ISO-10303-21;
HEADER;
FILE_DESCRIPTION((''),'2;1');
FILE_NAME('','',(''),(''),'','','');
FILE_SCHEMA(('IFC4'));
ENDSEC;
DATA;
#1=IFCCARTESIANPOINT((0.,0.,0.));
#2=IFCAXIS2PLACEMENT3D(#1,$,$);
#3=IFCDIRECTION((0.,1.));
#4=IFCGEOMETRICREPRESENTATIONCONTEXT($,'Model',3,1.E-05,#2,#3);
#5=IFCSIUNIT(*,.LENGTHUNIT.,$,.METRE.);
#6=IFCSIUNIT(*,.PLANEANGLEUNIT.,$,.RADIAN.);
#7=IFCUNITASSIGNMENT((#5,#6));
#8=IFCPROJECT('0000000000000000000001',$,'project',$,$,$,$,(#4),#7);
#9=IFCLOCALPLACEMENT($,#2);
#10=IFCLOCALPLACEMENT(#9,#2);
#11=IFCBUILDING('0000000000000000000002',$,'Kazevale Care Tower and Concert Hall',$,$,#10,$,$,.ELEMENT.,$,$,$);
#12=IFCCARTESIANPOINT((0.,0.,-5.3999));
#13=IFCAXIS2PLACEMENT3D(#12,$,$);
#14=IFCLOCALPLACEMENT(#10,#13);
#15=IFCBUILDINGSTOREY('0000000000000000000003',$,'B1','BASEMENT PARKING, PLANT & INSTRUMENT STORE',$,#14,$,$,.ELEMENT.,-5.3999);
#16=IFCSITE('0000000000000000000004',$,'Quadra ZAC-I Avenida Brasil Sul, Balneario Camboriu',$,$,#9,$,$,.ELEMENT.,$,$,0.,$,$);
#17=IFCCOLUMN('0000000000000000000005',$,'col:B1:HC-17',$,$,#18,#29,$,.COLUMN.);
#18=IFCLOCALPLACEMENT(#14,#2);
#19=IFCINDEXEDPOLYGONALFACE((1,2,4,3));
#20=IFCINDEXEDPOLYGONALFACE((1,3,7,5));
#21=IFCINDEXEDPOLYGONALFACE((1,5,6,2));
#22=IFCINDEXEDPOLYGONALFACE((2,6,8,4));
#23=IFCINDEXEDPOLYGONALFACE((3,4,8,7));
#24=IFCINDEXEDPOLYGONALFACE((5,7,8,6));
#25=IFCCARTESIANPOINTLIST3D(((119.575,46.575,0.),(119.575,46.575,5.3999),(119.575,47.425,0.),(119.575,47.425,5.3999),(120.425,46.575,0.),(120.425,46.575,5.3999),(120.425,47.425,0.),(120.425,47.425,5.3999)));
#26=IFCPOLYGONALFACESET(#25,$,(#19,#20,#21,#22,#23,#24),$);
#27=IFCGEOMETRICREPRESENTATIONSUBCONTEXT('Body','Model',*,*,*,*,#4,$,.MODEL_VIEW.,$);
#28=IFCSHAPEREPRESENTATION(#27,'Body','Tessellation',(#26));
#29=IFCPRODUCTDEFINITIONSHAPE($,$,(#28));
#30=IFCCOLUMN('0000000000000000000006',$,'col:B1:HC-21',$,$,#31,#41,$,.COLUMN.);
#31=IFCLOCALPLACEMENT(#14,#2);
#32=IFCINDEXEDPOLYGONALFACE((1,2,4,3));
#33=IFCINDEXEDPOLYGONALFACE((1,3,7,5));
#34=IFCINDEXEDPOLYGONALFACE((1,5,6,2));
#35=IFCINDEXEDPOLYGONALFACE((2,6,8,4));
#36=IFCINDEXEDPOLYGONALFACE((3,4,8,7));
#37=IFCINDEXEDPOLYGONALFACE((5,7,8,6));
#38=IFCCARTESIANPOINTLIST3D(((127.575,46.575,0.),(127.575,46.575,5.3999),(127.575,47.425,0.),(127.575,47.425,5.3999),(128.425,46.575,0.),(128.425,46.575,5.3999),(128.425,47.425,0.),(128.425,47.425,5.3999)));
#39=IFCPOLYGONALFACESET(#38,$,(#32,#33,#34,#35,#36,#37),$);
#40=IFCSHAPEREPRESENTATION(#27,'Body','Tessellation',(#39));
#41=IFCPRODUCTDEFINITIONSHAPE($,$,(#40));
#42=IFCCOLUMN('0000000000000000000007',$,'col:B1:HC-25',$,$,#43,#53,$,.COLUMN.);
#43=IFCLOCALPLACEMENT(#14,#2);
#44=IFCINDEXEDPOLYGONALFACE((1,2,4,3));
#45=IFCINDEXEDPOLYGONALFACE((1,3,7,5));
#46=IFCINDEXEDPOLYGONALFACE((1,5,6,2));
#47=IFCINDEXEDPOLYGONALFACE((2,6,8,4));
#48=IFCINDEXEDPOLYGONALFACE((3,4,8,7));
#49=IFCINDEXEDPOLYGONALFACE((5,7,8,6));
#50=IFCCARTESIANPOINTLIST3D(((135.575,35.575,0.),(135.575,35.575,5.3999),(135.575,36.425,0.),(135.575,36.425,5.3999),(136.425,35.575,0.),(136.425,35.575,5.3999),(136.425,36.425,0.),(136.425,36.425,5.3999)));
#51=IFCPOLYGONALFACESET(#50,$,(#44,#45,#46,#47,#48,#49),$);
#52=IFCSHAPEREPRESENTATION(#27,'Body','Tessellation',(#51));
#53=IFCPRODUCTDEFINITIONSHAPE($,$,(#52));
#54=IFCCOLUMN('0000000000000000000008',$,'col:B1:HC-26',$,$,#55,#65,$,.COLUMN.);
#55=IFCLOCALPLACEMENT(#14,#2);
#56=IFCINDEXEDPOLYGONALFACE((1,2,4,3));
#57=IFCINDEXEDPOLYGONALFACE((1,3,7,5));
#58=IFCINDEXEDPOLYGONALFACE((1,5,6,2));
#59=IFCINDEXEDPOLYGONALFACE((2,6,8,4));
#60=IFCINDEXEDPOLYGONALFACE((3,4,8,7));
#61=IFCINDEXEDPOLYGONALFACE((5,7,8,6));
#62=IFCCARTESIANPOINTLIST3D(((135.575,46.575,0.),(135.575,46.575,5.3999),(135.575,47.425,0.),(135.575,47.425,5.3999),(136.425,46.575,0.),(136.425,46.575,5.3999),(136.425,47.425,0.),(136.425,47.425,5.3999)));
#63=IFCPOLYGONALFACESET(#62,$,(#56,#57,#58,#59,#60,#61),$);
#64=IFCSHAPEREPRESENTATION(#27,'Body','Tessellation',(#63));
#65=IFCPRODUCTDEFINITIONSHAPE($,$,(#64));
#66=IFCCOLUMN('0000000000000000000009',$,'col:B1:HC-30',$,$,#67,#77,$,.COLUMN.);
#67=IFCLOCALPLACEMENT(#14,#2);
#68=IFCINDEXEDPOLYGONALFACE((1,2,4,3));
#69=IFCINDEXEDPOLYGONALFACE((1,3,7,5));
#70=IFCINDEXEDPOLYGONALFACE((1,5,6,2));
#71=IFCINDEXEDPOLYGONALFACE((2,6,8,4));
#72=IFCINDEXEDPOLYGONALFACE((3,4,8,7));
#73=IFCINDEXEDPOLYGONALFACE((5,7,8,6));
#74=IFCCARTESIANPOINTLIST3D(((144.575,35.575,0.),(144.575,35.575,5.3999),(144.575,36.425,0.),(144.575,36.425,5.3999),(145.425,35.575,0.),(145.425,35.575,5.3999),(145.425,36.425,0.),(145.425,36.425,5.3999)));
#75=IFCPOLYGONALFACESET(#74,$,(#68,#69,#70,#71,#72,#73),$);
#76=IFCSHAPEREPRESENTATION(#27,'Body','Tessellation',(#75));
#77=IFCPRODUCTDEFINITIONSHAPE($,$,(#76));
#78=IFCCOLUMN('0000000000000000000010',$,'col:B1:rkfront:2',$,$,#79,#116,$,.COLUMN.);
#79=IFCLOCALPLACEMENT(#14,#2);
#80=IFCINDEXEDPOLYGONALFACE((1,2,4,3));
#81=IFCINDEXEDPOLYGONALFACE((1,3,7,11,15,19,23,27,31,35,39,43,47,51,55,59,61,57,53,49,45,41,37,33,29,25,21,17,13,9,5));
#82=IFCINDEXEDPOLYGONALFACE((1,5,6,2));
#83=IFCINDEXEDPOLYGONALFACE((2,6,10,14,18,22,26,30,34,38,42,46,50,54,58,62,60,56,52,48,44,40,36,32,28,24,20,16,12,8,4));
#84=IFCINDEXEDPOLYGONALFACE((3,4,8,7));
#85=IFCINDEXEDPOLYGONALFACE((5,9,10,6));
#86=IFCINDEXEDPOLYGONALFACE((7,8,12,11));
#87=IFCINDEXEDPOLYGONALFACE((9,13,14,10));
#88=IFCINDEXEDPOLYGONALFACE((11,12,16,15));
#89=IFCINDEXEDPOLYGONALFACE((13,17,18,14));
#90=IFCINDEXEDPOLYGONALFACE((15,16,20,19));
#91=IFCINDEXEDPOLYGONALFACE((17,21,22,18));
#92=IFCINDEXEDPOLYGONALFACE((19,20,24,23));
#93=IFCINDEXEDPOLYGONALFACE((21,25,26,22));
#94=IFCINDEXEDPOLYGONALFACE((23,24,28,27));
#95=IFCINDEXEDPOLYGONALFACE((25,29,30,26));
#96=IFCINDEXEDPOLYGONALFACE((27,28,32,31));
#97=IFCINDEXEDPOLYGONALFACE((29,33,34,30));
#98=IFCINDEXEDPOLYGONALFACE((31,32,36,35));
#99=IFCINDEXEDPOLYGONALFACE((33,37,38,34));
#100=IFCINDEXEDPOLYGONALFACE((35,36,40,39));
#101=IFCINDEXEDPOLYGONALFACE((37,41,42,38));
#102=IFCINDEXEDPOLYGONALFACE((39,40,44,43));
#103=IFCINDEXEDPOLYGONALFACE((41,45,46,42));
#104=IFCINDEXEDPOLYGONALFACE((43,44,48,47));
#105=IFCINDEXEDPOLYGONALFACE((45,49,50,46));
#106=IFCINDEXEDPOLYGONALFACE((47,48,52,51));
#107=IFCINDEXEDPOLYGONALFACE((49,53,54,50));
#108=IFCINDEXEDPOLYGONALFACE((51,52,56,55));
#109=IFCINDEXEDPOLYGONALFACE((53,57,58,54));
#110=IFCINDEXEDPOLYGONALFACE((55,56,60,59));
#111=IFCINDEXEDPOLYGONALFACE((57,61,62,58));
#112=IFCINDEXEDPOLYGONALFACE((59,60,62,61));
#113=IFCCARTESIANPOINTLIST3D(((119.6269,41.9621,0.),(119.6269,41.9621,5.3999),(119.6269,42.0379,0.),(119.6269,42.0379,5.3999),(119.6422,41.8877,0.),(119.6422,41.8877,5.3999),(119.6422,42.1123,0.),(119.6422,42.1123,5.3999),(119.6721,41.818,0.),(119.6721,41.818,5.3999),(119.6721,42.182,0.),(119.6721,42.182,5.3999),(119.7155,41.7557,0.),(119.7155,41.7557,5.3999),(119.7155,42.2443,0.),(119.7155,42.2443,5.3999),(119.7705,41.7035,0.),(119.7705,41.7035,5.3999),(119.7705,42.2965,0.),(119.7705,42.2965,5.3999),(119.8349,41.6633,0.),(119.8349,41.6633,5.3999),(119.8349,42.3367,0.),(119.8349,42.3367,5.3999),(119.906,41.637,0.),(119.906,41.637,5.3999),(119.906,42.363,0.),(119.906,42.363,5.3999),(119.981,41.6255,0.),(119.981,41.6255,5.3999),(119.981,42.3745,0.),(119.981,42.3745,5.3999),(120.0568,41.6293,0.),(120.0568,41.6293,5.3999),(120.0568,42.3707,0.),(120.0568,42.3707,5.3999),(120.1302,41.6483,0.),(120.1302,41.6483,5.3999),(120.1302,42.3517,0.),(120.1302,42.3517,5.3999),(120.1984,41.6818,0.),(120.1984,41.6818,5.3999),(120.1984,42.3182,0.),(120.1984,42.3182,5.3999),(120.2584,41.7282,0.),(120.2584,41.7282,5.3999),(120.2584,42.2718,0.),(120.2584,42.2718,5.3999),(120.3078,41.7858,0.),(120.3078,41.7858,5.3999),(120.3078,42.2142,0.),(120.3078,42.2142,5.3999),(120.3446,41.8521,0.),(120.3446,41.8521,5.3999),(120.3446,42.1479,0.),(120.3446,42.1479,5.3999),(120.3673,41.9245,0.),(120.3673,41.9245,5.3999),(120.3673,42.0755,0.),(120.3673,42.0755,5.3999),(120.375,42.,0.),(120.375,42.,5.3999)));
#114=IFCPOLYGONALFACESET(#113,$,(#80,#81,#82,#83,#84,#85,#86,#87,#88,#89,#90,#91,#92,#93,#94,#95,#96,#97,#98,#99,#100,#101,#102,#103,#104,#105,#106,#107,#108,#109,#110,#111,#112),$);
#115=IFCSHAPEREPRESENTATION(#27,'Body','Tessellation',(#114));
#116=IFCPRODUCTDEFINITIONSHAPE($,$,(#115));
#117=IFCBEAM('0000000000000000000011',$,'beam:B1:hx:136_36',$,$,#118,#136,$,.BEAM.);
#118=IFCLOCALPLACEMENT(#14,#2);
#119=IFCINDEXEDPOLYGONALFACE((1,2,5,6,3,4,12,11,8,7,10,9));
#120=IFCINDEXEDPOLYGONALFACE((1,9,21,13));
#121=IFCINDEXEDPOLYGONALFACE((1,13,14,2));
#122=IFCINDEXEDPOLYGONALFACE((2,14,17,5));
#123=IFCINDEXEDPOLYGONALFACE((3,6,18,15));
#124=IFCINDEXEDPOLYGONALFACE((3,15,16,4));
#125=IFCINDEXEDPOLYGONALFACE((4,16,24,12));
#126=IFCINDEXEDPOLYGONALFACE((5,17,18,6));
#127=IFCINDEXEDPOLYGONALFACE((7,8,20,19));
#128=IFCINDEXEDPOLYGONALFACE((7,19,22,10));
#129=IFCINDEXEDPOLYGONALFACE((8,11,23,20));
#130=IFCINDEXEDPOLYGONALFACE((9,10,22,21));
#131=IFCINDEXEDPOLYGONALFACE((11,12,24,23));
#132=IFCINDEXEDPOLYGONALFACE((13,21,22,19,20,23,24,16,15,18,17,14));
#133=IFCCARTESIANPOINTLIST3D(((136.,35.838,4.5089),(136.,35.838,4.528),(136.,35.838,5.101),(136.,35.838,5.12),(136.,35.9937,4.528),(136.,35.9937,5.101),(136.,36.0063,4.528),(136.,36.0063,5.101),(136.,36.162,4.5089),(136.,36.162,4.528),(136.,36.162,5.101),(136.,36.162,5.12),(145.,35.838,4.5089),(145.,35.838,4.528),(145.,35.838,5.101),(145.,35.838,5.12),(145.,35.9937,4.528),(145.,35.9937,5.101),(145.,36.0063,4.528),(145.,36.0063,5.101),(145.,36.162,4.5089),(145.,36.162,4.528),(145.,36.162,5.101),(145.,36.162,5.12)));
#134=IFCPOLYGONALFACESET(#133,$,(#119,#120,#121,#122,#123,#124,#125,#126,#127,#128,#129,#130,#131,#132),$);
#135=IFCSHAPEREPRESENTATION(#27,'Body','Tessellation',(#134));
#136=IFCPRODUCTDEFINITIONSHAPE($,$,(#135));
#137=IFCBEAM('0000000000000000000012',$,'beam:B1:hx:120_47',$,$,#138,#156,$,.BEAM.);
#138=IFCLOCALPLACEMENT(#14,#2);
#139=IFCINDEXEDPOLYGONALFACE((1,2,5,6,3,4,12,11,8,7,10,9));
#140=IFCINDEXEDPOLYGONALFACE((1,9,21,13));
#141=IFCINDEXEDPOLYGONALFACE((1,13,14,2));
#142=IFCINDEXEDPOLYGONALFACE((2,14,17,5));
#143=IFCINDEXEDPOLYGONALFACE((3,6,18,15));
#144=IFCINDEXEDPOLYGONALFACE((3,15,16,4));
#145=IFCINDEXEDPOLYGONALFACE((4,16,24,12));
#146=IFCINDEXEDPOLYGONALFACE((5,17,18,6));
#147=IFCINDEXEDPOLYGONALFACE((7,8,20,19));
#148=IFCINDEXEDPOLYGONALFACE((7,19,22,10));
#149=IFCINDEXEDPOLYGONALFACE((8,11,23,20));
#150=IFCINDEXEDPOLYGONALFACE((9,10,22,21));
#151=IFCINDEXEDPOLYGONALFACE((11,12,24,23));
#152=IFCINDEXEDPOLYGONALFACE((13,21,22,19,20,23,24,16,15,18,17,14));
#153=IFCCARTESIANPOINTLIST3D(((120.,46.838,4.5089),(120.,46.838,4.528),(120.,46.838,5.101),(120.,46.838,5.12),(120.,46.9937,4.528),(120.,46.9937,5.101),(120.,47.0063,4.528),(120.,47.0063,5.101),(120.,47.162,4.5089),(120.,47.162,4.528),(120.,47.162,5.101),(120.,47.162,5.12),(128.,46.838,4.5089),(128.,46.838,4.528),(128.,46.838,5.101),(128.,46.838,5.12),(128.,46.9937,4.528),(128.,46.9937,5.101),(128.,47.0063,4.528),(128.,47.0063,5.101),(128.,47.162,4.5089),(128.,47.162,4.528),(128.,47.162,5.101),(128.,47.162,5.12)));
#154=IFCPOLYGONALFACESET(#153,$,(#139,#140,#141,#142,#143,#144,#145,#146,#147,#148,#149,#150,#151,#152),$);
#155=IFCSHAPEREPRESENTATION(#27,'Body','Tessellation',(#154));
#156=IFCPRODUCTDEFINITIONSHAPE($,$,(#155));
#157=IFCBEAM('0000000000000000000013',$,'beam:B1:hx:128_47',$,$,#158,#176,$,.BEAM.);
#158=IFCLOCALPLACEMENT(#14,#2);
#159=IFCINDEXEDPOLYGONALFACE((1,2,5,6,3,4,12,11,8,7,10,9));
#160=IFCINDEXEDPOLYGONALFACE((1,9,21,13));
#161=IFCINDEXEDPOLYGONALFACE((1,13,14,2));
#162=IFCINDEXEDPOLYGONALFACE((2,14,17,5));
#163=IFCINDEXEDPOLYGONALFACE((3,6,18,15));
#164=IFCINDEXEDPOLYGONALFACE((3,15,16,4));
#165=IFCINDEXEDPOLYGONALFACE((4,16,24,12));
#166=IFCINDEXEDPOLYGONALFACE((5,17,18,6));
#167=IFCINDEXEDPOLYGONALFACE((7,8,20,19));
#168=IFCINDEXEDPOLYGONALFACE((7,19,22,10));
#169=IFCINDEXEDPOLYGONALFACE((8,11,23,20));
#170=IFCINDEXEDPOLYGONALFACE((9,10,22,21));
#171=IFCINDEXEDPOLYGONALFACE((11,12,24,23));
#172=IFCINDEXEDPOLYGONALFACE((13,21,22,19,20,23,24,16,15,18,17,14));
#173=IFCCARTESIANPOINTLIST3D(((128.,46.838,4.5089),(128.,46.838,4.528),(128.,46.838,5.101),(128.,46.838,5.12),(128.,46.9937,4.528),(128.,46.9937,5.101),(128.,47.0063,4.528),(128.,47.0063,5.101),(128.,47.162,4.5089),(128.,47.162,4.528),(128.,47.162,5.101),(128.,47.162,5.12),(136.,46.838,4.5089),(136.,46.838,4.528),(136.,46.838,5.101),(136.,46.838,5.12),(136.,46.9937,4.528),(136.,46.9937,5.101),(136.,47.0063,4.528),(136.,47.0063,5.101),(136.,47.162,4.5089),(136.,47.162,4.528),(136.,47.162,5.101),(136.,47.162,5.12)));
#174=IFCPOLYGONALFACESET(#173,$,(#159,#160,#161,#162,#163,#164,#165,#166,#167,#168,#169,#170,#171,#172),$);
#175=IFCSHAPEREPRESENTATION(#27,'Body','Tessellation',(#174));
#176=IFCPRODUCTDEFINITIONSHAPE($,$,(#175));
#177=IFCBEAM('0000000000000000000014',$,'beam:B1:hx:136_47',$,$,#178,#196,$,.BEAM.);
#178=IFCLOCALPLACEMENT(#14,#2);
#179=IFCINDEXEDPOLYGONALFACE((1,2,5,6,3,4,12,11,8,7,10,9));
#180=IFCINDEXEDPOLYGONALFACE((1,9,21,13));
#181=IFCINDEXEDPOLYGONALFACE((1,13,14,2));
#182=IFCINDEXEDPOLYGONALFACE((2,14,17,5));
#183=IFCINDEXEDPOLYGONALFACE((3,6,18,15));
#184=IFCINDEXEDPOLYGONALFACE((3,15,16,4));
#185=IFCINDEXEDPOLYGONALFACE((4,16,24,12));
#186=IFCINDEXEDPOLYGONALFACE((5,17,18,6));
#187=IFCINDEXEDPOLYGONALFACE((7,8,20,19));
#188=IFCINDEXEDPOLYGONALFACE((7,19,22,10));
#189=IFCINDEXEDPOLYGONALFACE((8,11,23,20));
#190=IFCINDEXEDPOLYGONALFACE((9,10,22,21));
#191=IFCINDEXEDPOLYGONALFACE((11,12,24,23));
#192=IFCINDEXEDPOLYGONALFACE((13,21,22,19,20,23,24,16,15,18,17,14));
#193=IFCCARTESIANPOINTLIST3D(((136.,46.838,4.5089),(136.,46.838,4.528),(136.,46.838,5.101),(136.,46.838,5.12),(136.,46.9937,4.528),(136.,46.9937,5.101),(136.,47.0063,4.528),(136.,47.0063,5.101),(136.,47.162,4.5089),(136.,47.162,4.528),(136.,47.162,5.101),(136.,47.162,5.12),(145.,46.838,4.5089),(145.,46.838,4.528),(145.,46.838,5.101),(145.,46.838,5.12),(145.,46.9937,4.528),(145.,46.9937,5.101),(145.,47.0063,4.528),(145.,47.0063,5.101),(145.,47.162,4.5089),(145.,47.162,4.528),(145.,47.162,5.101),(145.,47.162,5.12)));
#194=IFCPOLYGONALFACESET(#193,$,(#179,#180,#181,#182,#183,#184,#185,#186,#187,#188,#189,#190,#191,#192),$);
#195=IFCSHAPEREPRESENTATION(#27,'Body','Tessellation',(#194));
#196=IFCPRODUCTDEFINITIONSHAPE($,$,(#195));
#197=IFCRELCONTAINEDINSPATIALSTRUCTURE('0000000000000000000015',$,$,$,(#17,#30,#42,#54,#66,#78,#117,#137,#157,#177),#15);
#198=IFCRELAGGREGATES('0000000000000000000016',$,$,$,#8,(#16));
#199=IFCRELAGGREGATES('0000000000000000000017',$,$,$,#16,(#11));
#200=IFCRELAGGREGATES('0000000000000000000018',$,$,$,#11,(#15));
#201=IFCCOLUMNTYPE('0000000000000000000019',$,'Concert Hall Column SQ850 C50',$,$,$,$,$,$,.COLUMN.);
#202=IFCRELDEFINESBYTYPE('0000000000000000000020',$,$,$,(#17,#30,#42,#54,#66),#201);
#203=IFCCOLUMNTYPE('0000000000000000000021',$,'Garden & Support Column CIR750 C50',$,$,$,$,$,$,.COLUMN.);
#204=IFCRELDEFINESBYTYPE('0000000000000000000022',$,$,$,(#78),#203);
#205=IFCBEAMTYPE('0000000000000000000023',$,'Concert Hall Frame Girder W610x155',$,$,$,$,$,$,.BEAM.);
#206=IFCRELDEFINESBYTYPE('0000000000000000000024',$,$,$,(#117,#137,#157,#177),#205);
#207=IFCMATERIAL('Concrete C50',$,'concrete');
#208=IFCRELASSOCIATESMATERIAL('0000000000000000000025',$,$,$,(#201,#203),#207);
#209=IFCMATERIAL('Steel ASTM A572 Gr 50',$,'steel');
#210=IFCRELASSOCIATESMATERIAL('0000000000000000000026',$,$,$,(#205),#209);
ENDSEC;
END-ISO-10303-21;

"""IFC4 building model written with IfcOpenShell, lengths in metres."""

from ifc_helpers import new_model, si_unit, direction, frame, origin, origin_2d, place, context, subcontext, project, spatial, rectangle, circle, i_section, extrude, material, material_profile, profile_set, type_object, element, save


model = new_model("IFC4")

# Units and contexts
model_context = context("Model", 3, precision=1e-05, world=origin(), true_north=direction((0.0, 1.0)))
body_context = subcontext(model_context, "Body", "Model", "MODEL_VIEW")
ifc_project = project(units=[si_unit("LENGTHUNIT", "METRE"), si_unit("PLANEANGLEUNIT", "RADIAN")], contexts=[model_context])

# Site, building, storey
site_placement = place(None, origin())
site = spatial("IfcSite", under=ifc_project, at=site_placement, Name="Quadra ZAC-I Avenida Brasil Sul, Balneario Camboriu", CompositionType="ELEMENT", RefElevation=0.0)
building_placement = place(site_placement, origin())
building = spatial("IfcBuilding", under=site, at=building_placement, Name="Kazevale Care Tower and Concert Hall", CompositionType="ELEMENT")
storey_placement = place(building_placement, frame((0.0, 0.0, -5.3999)))
storey = spatial("IfcBuildingStorey", under=building, at=storey_placement, Name="B1", Description="BASEMENT PARKING, PLANT & INSTRUMENT STORE", CompositionType="ELEMENT", Elevation=-5.3999)

# Shared definitions
ifc_material_1 = material(Name="Concrete C50", Category="concrete")

# Columns
ifc_material_profile_1 = material_profile(ifc_material_1, rectangle(XDim=0.8501, YDim=0.8501, at=origin_2d()), Name="RC-SQ850")
ifc_profile_set_1 = profile_set([ifc_material_profile_1], Name="Concrete C50")
column_type_1 = type_object("IfcColumnType", Name="Concert Hall Column SQ850 C50", PredefinedType="COLUMN", material=ifc_profile_set_1)
for number, where, z_axis, x_axis, name in (
    (1, (120.0, 47.0, 0.0), (0.0, 0.0, 1.0), (1.0, 0.0, 0.0), "col:B1:HC-17"),
    (2, (128.0, 47.0, 0.0), (0.0, 0.0, 1.0), (1.0, 0.0, 0.0), "col:B1:HC-21"),
    (3, (136.0, 36.0, 0.0), (0.0, 0.0, 1.0), (1.0, 0.0, 0.0), "col:B1:HC-25"),
    (4, (136.0, 47.0, 0.0), (0.0, 0.0, 1.0), (1.0, 0.0, 0.0), "col:B1:HC-26"),
    (5, (145.0, 36.0, 0.0), (0.0, 0.0, 1.0), (1.0, 0.0, 0.0), "col:B1:HC-30"),
):
    element("IfcColumn", number, at=place(storey_placement, frame(where, z_axis=z_axis, x_axis=x_axis)), inside=storey, type_object=column_type_1, Name=name, PredefinedType="COLUMN", context=body_context, shape_type="SweptSolid", body=[
        extrude(rectangle(XDim=0.8501, YDim=0.8501, at=origin_2d()), origin(), (0.0, 0.0, 1.0), 5.3999),
    ])
ifc_material_profile_2 = material_profile(ifc_material_1, circle(Radius=0.375, at=origin_2d()), Name="RC-CIR750")
ifc_profile_set_2 = profile_set([ifc_material_profile_2], Name="Concrete C50")
column_type_2 = type_object("IfcColumnType", Name="Garden & Support Column CIR750 C50", PredefinedType="COLUMN", material=ifc_profile_set_2)
column_placement = place(storey_placement, frame((120.0, 42.0, 0.0), z_axis=(0.0, 0.0, 1.0), x_axis=(1.0, 0.0, 0.0)))
element("IfcColumn", 6, at=column_placement, inside=storey, type_object=column_type_2, Name="col:B1:rkfront:2", PredefinedType="COLUMN", context=body_context, shape_type="SweptSolid", body=[
    extrude(circle(Radius=0.375, at=origin_2d()), origin(), (0.0, 0.0, 1.0), 5.3999),
])

# Beams
ifc_material_2 = material(Name="Steel ASTM A572 Gr 50", Category="steel")
ifc_material_profile_3 = material_profile(ifc_material_2, i_section(OverallWidth=0.324, OverallDepth=0.6111, WebThickness=0.0127, FlangeThickness=0.019, at=origin_2d()), Name="W610x155")
ifc_profile_set_3 = profile_set([ifc_material_profile_3], Name="Steel ASTM A572 Gr 50")
beam_type_1 = type_object("IfcBeamType", Name="Concert Hall Frame Girder W610x155", PredefinedType="BEAM", material=ifc_profile_set_3)
beam_1_placement = place(storey_placement, frame((136.0, 36.0, 4.8145), z_axis=(1.0, 0.0, 0.0), x_axis=(0.0, 1.0, 0.0)))
element("IfcBeam", 7, at=beam_1_placement, inside=storey, type_object=beam_type_1, Name="beam:B1:hx:136_36", PredefinedType="BEAM", context=body_context, shape_type="SweptSolid", body=[
    extrude(i_section(OverallWidth=0.324, OverallDepth=0.6111, WebThickness=0.0127, FlangeThickness=0.019, at=origin_2d()), origin(), (0.0, 0.0, 1.0), 9.0),
])
for number, where, z_axis, x_axis, name in (
    (8, (120.0, 47.0, 4.8145), (1.0, 0.0, 0.0), (0.0, 1.0, 0.0), "beam:B1:hx:120_47"),
    (9, (128.0, 47.0, 4.8145), (1.0, 0.0, 0.0), (0.0, 1.0, 0.0), "beam:B1:hx:128_47"),
):
    element("IfcBeam", number, at=place(storey_placement, frame(where, z_axis=z_axis, x_axis=x_axis)), inside=storey, type_object=beam_type_1, Name=name, PredefinedType="BEAM", context=body_context, shape_type="SweptSolid", body=[
        extrude(i_section(OverallWidth=0.324, OverallDepth=0.6111, WebThickness=0.0127, FlangeThickness=0.019, at=origin_2d()), origin(), (0.0, 0.0, 1.0), 8.0),
    ])
beam_2_placement = place(storey_placement, frame((136.0, 47.0, 4.8145), z_axis=(1.0, 0.0, 0.0), x_axis=(0.0, 1.0, 0.0)))
element("IfcBeam", 10, at=beam_2_placement, inside=storey, type_object=beam_type_1, Name="beam:B1:hx:136_47", PredefinedType="BEAM", context=body_context, shape_type="SweptSolid", body=[
    extrude(i_section(OverallWidth=0.324, OverallDepth=0.6111, WebThickness=0.0127, FlangeThickness=0.019, at=origin_2d()), origin(), (0.0, 0.0, 1.0), 9.0),
])

save(model, "model.ifc")
